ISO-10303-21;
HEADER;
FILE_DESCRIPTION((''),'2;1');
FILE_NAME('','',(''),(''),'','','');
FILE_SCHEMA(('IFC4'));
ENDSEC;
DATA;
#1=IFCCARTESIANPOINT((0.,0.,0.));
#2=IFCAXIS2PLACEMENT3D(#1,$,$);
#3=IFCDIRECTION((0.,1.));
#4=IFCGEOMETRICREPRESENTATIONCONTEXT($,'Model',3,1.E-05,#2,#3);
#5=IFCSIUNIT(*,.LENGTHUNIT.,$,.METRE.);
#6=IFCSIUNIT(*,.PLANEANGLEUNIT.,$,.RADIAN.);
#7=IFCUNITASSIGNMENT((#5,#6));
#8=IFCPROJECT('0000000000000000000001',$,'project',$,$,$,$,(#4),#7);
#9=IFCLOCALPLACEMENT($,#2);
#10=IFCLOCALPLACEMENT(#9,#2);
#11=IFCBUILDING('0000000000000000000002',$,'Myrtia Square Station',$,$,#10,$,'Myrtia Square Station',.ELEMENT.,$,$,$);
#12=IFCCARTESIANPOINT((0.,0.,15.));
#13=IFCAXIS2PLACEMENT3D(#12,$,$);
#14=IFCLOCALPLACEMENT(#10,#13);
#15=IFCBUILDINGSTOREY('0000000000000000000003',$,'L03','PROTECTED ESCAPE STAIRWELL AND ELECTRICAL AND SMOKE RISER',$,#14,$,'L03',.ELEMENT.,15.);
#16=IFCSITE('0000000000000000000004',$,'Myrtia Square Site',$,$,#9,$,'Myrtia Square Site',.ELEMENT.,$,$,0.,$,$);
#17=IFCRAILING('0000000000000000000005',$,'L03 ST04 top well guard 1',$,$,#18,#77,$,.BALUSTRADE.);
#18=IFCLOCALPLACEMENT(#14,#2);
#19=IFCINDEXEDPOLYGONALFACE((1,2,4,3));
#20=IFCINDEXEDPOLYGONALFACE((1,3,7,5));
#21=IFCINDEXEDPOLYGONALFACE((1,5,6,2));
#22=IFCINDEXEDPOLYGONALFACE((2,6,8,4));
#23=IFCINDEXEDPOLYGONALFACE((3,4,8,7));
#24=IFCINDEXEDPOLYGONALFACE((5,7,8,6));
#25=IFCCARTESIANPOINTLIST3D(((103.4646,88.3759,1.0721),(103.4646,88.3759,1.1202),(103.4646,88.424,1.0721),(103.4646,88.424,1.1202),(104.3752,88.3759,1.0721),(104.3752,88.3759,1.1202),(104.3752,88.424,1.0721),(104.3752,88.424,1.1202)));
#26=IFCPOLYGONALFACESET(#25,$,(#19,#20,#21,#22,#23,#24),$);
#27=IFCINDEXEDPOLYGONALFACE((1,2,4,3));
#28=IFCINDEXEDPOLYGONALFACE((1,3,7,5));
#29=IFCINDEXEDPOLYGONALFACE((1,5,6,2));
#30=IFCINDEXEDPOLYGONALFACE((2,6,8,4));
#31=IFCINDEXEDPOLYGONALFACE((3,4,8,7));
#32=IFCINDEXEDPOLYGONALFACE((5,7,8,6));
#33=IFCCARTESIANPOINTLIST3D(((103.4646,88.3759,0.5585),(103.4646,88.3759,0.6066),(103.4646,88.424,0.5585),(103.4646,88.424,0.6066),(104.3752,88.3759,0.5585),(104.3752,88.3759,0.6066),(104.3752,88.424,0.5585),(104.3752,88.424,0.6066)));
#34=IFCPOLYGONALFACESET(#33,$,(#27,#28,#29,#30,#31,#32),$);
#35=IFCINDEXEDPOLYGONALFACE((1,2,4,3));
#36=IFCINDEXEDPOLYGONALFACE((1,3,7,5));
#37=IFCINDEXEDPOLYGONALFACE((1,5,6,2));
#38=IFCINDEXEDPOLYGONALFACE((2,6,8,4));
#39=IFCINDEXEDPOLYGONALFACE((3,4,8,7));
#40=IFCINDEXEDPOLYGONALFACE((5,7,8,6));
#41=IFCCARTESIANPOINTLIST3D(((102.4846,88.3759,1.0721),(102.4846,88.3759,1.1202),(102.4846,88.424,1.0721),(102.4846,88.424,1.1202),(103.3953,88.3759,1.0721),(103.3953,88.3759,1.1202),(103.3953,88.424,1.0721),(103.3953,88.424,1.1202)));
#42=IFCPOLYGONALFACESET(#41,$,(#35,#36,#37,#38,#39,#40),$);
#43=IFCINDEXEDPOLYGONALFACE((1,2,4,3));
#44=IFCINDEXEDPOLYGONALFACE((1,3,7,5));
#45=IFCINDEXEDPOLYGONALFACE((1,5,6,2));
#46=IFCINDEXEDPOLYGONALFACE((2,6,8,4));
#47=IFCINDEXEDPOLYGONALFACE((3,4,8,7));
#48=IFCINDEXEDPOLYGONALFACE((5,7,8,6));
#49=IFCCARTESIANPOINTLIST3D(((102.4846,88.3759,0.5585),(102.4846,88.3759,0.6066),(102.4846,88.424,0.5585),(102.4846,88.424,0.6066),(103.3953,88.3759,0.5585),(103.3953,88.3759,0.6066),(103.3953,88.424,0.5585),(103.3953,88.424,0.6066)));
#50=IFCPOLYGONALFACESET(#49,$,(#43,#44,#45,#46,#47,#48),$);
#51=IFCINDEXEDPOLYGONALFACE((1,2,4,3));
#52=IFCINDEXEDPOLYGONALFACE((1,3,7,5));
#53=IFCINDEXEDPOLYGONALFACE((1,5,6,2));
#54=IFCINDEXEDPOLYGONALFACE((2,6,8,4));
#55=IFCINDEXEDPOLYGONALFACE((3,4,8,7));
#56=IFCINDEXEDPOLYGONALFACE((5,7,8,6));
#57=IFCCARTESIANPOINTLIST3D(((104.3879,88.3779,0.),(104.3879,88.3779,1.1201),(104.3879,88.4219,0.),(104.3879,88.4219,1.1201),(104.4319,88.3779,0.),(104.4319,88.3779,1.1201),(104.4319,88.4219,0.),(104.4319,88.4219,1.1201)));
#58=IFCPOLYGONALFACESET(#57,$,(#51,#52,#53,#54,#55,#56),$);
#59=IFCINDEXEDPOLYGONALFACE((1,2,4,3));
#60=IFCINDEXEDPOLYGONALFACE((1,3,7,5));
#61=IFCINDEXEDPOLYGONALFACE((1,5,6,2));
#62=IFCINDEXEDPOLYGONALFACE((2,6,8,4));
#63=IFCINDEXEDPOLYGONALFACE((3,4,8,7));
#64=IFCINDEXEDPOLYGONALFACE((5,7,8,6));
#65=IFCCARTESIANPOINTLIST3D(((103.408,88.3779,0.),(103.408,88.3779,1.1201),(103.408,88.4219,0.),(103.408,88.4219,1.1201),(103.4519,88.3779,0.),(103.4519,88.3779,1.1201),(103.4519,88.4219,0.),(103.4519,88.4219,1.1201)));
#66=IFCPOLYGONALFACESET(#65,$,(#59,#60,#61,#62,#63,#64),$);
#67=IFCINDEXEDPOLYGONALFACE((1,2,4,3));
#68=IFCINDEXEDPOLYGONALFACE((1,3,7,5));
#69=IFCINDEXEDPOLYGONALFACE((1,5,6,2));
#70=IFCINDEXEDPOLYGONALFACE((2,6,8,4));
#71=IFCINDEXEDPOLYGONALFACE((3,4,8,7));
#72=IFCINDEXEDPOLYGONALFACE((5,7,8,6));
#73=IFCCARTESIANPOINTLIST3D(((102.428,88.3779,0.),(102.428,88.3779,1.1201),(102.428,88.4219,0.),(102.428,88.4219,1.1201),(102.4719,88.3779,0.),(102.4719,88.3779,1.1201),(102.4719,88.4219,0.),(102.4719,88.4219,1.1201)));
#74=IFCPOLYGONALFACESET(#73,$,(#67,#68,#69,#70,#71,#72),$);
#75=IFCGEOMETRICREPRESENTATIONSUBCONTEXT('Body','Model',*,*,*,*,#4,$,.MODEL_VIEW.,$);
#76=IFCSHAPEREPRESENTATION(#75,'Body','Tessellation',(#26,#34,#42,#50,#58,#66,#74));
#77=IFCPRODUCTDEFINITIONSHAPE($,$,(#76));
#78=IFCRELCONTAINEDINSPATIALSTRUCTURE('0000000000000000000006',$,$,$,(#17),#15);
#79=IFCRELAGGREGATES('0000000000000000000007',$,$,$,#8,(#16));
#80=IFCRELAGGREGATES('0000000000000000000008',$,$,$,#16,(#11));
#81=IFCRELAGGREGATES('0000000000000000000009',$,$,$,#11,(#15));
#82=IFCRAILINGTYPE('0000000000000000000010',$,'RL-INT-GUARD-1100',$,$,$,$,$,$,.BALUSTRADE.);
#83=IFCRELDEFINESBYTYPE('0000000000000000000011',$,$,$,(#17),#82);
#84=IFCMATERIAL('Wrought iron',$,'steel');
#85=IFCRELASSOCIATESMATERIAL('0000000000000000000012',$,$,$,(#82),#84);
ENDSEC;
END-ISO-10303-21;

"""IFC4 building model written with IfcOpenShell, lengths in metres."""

from ifc_helpers import new_model, si_unit, direction, frame, origin, origin_2d, place, context, subcontext, project, spatial, rectangle, extrude, material, type_object, element, save


model = new_model("IFC4")

# Units and contexts
model_context = context("Model", 3, precision=1e-05, world=origin(), true_north=direction((0.0, 1.0)))
body_context = subcontext(model_context, "Body", "Model", "MODEL_VIEW")
ifc_project = project(units=[si_unit("LENGTHUNIT", "METRE"), si_unit("PLANEANGLEUNIT", "RADIAN")], contexts=[model_context])

# Site, building, storey
site_placement = place(None, origin())
site = spatial("IfcSite", under=ifc_project, at=site_placement, Name="Myrtia Square Site", LongName="Myrtia Square Site", CompositionType="ELEMENT", RefElevation=0.0)
building_placement = place(site_placement, origin())
building = spatial("IfcBuilding", under=site, at=building_placement, Name="Myrtia Square Station", LongName="Myrtia Square Station", CompositionType="ELEMENT")
storey_placement = place(building_placement, frame((0.0, 0.0, 15.0)))
storey = spatial("IfcBuildingStorey", under=building, at=storey_placement, Name="L03", Description="PROTECTED ESCAPE STAIRWELL AND ELECTRICAL AND SMOKE RISER", LongName="L03", CompositionType="ELEMENT", Elevation=15.0)

# Railing
ifc_material_1 = material(Name="Wrought iron", Category="steel")
railing_type = type_object("IfcRailingType", Name="RL-INT-GUARD-1100", PredefinedType="BALUSTRADE", material=ifc_material_1)
railing_placement = place(storey_placement, frame((104.4099, 88.3999, 0.0)))
element("IfcRailing", 1, at=railing_placement, inside=storey, type_object=railing_type, Name="L03 ST04 top well guard 1", PredefinedType="BALUSTRADE", context=body_context, shape_type="SweptSolid", body=[
    extrude(rectangle(XDim=0.0481, YDim=0.0481, at=origin_2d()), frame((-0.0347, 0.0, 1.0962), z_axis=(-1.0, 0.0, 0.0), x_axis=(0.0, -1.0, 0.0)), (0.0, 0.0, 1.0), 0.9106),
    extrude(rectangle(XDim=0.0481, YDim=0.0481, at=origin_2d()), frame((-0.0347, 0.0, 0.5825), z_axis=(-1.0, 0.0, 0.0), x_axis=(0.0, -1.0, 0.0)), (0.0, 0.0, 1.0), 0.9106),
    extrude(rectangle(XDim=0.0481, YDim=0.0481, at=origin_2d()), frame((-1.0146, 0.0, 1.0962), z_axis=(-1.0, 0.0, 0.0), x_axis=(0.0, -1.0, 0.0)), (0.0, 0.0, 1.0), 0.9106),
    extrude(rectangle(XDim=0.0481, YDim=0.0481, at=origin_2d()), frame((-1.0146, 0.0, 0.5825), z_axis=(-1.0, 0.0, 0.0), x_axis=(0.0, -1.0, 0.0)), (0.0, 0.0, 1.0), 0.9106),
    extrude(rectangle(XDim=0.0439, YDim=0.0439, at=origin_2d()), origin(), (0.0, 0.0, 1.0), 1.1201),
    extrude(rectangle(XDim=0.0439, YDim=0.0439, at=origin_2d()), frame((-0.98, 0.0, 0.0)), (0.0, 0.0, 1.0), 1.1201),
    extrude(rectangle(XDim=0.0439, YDim=0.0439, at=origin_2d()), frame((-1.96, 0.0, 0.0)), (0.0, 0.0, 1.0), 1.1201),
])

save(model, "model.ifc")
